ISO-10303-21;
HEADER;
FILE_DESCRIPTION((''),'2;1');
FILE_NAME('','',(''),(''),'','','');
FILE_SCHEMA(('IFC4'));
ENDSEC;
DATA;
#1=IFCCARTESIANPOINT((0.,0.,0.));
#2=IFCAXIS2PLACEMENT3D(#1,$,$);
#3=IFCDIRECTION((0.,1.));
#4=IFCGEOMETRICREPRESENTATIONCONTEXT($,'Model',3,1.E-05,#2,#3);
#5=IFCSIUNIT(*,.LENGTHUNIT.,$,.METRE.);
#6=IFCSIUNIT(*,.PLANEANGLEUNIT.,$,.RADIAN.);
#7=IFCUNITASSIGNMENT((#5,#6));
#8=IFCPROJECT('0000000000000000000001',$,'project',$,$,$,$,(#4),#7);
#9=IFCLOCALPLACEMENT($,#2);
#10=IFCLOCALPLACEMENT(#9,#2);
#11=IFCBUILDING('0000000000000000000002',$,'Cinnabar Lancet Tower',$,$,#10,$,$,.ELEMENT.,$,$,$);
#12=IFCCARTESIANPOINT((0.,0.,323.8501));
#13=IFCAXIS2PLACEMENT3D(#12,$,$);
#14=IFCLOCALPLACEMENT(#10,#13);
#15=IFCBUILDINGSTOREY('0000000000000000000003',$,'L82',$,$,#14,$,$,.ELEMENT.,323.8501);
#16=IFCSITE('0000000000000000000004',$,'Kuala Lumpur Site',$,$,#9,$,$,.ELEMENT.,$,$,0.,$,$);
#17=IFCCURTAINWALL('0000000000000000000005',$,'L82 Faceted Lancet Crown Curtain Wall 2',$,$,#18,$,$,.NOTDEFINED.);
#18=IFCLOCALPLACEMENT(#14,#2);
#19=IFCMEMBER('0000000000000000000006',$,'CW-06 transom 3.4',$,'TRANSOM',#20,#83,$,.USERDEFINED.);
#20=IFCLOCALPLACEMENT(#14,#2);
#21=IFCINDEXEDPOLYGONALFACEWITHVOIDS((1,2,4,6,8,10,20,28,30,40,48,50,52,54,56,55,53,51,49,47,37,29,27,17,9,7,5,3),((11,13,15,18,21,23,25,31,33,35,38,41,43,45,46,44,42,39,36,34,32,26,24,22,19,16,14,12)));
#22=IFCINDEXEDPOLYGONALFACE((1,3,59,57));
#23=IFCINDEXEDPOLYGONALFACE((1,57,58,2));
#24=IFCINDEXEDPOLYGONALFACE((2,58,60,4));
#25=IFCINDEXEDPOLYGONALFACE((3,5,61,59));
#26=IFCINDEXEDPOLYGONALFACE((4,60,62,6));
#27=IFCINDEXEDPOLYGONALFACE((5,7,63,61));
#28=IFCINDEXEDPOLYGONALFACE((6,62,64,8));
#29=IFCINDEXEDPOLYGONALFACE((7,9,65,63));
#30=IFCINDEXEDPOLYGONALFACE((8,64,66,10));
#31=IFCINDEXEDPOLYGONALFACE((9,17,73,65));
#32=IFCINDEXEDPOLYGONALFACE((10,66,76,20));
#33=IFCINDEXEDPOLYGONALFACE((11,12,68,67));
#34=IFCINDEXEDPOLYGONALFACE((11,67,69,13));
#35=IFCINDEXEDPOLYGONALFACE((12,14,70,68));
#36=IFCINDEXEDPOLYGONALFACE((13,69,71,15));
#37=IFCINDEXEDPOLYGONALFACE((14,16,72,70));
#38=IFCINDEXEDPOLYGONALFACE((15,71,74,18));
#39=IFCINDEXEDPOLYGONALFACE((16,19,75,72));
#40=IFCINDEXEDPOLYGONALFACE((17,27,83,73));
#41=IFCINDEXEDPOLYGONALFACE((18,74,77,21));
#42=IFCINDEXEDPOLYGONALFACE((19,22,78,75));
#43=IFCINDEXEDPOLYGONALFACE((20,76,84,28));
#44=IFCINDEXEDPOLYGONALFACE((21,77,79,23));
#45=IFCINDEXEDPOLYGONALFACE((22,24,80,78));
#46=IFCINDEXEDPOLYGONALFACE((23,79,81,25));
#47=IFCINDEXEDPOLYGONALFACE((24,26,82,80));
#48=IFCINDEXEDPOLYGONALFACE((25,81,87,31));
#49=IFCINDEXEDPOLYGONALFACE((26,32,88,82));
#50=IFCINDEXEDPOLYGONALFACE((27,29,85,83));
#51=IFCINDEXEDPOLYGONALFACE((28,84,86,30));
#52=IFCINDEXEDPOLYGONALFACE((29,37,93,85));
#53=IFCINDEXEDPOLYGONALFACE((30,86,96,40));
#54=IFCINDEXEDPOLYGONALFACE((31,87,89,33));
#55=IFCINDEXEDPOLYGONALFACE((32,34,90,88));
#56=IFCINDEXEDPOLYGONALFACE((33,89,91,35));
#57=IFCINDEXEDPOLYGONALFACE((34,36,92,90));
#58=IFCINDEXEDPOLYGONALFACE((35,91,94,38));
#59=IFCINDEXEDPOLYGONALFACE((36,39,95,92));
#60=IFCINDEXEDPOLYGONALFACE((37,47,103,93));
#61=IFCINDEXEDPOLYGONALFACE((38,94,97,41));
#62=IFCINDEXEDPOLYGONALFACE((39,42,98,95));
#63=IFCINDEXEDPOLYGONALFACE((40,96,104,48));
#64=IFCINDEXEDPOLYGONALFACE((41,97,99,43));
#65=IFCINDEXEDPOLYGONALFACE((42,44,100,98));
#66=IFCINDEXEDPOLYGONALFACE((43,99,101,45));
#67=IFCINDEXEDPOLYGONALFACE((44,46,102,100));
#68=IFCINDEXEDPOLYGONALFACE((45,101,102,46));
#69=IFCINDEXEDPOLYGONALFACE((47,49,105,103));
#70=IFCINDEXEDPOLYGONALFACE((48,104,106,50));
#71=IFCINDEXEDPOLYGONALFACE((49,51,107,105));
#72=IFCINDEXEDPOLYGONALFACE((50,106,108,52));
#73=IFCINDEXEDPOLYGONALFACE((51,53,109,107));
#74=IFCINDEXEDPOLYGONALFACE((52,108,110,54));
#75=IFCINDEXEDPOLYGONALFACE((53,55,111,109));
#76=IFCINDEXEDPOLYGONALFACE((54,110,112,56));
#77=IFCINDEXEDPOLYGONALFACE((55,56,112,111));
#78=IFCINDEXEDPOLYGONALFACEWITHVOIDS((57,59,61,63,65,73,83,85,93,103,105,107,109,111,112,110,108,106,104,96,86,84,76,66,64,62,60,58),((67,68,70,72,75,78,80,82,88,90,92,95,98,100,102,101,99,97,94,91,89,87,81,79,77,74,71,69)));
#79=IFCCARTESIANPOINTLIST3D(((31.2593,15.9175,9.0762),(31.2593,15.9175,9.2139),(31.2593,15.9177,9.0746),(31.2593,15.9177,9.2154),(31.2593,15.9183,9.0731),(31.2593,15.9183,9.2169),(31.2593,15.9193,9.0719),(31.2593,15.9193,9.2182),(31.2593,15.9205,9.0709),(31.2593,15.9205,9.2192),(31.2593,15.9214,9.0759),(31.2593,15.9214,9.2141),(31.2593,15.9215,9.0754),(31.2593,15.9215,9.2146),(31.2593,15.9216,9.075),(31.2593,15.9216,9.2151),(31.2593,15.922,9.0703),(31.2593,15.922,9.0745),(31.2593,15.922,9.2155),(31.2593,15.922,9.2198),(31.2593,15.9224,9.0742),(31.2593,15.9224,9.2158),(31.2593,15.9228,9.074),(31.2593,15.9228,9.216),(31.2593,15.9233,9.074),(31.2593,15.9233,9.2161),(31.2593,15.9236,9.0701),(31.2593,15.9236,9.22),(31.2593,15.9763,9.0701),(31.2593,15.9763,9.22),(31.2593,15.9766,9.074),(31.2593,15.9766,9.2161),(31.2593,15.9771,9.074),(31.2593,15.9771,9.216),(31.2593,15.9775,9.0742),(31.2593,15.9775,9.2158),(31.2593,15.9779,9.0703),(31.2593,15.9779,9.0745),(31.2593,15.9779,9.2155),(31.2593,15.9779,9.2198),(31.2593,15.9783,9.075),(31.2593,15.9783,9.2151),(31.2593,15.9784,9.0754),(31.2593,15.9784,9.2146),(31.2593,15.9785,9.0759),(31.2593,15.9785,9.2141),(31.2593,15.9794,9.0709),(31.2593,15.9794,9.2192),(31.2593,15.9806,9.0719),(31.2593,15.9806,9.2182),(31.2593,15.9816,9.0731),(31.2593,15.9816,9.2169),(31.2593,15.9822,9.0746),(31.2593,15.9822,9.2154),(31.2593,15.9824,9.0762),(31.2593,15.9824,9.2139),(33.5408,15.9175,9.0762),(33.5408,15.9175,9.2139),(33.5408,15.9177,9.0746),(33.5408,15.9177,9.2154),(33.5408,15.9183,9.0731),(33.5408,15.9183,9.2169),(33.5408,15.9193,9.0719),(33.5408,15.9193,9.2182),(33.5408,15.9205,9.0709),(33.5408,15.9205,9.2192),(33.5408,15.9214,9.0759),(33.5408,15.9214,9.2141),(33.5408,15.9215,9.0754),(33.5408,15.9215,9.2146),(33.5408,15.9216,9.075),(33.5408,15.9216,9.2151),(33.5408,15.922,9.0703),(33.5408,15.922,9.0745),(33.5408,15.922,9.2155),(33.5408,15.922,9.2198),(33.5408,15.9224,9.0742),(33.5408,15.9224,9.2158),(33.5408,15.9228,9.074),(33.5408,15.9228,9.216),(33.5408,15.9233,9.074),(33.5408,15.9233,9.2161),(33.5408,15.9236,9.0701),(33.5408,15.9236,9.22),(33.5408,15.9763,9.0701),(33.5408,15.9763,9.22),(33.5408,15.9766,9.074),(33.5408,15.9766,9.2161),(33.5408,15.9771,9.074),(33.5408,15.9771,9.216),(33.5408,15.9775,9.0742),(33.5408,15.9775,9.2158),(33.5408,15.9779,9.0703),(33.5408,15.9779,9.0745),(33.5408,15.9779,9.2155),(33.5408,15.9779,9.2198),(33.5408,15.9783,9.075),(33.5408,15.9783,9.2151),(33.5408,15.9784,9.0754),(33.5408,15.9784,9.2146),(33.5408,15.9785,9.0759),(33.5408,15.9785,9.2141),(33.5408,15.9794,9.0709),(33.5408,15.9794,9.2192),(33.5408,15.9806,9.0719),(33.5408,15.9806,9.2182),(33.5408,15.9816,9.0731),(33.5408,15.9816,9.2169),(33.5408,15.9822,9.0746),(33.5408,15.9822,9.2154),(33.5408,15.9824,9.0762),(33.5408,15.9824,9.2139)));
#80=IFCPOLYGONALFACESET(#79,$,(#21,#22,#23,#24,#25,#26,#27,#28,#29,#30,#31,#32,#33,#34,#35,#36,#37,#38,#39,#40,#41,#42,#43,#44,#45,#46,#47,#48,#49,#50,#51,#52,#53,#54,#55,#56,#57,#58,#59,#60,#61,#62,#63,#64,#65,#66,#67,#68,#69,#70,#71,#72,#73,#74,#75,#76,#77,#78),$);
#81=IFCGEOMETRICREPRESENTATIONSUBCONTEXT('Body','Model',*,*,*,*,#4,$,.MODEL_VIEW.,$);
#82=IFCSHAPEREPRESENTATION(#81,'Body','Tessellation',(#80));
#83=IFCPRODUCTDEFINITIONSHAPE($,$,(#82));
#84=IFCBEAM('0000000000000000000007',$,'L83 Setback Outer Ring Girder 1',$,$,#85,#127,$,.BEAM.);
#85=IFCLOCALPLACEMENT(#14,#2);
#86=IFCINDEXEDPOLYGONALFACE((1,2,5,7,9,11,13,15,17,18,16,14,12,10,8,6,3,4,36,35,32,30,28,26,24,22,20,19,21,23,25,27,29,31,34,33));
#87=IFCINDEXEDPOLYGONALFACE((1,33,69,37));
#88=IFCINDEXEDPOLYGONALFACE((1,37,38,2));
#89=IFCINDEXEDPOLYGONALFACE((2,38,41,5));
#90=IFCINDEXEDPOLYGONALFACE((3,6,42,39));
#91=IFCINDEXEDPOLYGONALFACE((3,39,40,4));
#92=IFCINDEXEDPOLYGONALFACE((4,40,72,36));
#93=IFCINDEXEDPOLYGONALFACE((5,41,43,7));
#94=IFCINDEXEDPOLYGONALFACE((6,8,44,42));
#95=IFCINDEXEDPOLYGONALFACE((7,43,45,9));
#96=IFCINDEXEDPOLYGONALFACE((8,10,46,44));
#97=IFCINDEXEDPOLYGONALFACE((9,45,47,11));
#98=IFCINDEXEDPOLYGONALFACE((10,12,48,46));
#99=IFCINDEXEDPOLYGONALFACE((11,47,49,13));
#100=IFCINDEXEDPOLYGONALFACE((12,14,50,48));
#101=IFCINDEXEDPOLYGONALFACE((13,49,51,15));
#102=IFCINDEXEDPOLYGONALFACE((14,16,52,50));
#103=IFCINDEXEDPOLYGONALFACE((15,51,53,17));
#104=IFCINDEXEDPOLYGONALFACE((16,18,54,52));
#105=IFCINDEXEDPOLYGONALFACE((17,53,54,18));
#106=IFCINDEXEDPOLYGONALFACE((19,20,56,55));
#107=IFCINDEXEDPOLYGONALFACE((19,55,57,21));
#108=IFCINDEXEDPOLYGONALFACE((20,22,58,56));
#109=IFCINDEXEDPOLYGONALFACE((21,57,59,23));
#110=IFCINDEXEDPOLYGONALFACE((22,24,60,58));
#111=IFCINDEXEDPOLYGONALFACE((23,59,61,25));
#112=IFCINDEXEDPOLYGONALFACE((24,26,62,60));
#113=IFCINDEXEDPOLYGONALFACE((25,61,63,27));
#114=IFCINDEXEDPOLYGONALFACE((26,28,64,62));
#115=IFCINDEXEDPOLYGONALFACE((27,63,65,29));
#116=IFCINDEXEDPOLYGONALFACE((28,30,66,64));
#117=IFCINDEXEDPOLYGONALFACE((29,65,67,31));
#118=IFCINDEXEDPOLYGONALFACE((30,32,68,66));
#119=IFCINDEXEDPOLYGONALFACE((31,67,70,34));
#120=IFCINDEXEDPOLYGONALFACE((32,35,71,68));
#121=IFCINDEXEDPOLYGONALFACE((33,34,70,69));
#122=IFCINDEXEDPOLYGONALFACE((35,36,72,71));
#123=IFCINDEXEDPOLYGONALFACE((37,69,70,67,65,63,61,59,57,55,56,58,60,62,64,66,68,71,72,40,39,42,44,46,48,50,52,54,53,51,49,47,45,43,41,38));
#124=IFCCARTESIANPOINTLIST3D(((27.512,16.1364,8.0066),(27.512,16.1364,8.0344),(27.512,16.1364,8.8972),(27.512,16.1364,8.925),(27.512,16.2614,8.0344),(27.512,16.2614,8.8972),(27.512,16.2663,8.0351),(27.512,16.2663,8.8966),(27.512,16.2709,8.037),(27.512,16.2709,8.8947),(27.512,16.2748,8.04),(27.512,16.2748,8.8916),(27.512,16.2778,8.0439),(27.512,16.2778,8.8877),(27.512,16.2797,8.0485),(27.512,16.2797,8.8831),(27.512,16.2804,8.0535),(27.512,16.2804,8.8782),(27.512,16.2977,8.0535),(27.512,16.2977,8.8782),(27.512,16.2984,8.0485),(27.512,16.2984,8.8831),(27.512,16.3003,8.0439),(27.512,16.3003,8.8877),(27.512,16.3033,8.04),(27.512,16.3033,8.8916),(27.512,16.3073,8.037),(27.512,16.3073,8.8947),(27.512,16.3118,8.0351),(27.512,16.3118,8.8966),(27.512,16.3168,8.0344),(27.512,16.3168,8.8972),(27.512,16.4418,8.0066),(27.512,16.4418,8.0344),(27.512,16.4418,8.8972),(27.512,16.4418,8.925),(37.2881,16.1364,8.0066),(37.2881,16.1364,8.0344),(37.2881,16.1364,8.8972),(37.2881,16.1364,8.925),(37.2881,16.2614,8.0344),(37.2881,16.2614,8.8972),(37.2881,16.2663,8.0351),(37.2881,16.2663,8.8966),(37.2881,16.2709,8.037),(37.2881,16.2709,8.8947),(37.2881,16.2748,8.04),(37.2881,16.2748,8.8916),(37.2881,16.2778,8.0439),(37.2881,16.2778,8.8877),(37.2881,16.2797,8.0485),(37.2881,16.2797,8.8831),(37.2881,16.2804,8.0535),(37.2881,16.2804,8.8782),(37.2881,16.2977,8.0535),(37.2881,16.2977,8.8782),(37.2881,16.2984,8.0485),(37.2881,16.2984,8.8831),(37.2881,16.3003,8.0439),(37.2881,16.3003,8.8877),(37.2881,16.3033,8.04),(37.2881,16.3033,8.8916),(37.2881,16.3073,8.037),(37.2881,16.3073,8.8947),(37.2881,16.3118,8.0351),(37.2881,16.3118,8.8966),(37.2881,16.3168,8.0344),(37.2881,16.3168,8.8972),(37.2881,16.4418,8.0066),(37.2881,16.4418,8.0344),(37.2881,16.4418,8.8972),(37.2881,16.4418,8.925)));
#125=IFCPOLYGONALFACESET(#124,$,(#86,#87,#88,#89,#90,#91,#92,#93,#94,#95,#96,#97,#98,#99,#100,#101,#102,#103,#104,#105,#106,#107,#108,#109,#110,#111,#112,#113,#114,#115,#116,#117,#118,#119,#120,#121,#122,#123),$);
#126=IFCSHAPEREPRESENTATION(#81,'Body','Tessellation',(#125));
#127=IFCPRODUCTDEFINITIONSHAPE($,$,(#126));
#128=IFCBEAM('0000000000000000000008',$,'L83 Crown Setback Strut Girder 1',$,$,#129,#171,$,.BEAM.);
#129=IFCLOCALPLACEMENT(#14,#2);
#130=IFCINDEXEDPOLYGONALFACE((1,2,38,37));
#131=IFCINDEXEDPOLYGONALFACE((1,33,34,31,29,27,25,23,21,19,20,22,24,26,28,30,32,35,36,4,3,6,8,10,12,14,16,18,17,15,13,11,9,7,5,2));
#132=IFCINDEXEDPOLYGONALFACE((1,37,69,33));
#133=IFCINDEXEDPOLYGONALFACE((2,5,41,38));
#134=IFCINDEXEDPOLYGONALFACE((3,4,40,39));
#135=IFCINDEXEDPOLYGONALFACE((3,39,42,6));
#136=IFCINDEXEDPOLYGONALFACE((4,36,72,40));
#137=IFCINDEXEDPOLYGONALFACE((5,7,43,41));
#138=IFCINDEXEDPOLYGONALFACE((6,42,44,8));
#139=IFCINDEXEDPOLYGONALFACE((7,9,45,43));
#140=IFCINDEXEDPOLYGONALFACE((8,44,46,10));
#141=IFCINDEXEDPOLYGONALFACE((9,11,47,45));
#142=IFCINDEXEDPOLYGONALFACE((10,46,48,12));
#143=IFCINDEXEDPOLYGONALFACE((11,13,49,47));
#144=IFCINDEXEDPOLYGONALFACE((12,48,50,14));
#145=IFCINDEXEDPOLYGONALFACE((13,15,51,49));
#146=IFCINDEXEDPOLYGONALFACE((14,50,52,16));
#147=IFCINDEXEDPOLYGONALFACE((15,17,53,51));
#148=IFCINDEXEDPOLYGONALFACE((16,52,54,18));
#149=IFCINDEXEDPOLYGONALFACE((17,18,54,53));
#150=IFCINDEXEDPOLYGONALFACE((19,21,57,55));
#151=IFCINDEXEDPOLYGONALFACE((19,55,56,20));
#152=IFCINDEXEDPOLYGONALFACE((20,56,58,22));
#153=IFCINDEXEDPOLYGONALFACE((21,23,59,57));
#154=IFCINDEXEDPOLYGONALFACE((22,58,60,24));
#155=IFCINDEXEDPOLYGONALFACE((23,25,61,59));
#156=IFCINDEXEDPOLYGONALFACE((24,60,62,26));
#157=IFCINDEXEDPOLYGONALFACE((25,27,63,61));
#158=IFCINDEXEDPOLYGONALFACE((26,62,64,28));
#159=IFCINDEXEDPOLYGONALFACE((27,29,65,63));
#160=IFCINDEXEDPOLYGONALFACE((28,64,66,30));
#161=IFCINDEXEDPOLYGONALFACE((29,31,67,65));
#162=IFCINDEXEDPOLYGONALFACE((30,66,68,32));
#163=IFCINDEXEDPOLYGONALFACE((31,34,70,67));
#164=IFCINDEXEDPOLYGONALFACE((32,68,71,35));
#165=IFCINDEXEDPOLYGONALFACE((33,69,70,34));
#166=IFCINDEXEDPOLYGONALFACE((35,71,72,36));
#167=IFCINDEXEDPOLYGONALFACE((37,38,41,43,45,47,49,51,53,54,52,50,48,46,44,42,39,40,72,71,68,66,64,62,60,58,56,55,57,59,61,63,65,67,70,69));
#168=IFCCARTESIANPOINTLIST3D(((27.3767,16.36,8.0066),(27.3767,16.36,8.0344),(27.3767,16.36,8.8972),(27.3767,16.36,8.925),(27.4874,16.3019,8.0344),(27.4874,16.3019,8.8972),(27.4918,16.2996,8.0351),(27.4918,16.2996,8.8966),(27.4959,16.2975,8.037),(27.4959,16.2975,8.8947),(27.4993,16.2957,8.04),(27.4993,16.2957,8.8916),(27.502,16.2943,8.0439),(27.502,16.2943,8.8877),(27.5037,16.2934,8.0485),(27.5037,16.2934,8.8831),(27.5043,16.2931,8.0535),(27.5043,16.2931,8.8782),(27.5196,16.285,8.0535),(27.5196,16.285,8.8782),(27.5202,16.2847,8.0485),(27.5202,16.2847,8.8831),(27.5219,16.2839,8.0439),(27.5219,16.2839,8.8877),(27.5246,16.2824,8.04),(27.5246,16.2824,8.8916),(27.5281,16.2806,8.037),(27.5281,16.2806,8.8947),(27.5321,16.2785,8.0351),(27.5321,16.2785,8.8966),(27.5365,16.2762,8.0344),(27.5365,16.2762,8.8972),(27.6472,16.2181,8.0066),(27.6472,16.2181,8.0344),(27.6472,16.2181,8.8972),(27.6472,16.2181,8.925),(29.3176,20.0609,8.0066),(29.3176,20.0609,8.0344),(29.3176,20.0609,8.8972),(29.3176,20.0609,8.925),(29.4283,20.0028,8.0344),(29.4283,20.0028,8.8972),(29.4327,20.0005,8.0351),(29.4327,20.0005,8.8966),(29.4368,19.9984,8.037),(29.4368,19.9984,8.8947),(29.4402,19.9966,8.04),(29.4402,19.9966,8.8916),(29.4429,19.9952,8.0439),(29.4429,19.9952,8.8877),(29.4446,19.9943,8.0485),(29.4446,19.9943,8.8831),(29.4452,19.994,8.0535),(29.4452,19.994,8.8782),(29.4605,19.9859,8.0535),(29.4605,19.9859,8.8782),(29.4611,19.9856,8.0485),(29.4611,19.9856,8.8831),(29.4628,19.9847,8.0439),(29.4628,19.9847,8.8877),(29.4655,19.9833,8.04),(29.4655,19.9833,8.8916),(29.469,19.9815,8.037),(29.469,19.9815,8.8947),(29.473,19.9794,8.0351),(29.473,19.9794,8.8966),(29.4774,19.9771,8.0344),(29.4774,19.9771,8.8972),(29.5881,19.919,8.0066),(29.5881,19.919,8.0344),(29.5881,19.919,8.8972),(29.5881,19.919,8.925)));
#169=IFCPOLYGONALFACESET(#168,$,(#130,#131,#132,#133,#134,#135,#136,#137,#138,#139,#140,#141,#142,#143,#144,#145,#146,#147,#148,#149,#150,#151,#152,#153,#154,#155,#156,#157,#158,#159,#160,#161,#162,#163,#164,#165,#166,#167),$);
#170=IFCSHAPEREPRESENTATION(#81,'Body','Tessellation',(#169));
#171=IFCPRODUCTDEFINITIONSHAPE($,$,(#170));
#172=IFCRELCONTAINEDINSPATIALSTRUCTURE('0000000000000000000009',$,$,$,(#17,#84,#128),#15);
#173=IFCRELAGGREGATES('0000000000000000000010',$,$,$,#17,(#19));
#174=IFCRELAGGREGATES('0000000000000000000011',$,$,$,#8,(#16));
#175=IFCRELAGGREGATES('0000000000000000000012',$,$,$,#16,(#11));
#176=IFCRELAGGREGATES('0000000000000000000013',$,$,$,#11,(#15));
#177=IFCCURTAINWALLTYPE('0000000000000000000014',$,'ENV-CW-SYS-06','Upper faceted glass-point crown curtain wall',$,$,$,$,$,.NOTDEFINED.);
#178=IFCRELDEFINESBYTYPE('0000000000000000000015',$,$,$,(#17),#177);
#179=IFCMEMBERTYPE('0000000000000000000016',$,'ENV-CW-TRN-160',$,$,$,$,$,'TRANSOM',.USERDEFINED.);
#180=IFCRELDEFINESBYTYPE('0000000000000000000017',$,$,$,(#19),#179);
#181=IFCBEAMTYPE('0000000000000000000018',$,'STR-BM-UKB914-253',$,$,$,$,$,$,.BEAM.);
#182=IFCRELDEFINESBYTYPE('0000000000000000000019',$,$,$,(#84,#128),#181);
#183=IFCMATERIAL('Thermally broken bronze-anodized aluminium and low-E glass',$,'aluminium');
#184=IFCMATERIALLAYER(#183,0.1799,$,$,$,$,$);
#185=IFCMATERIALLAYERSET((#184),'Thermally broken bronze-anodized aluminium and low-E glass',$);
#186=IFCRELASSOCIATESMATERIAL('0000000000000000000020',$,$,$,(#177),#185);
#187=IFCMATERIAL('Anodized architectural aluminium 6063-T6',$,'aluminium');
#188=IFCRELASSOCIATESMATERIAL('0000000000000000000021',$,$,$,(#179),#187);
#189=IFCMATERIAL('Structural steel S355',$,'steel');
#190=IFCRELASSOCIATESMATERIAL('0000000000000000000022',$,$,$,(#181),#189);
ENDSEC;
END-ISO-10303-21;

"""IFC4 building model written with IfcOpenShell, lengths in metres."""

from ifc_helpers import new_model, si_unit, direction, frame, origin, origin_2d, place, context, subcontext, project, spatial, hollow_rectangle, i_section, extrude, material, layer, layer_set, material_profile, profile_set, type_object, element, aggregate, save


model = new_model("IFC4")

# Units and contexts
model_context = context("Model", 3, precision=1e-05, world=origin(), true_north=direction((0.0, 1.0)))
body_context = subcontext(model_context, "Body", "Model", "MODEL_VIEW")
ifc_project = project(units=[si_unit("LENGTHUNIT", "METRE"), si_unit("PLANEANGLEUNIT", "RADIAN")], contexts=[model_context])

# Site, building, storey
site_placement = place(None, origin())
site = spatial("IfcSite", under=ifc_project, at=site_placement, Name="Kuala Lumpur Site", CompositionType="ELEMENT", RefElevation=0.0)
building_placement = place(site_placement, origin())
building = spatial("IfcBuilding", under=site, at=building_placement, Name="Cinnabar Lancet Tower", CompositionType="ELEMENT")
storey_placement = place(building_placement, frame((0.0, 0.0, 323.8501)))
storey = spatial("IfcBuildingStorey", under=building, at=storey_placement, Name="L82", CompositionType="ELEMENT", Elevation=323.8501)

# Curtain wall
ifc_material_1 = material(Name="Thermally broken bronze-anodized aluminium and low-E glass", Category="aluminium")
ifc_layer_1 = layer(ifc_material_1, 0.1799)
ifc_layer_set_1 = layer_set([ifc_layer_1], Name="Thermally broken bronze-anodized aluminium and low-E glass")
curtain_wall_type = type_object("IfcCurtainWallType", Name="ENV-CW-SYS-06", Description="Upper faceted glass-point crown curtain wall", PredefinedType="NOTDEFINED", material=ifc_layer_set_1)
curtain_wall_1_placement = place(storey_placement, origin())
curtain_wall_1 = element("IfcCurtainWall", 1, at=curtain_wall_1_placement, inside=storey, type_object=curtain_wall_type, Name="L82 Faceted Lancet Crown Curtain Wall 2", PredefinedType="NOTDEFINED")

# Member
ifc_material_2 = material(Name="Anodized architectural aluminium 6063-T6", Category="aluminium")
ifc_material_profile_1 = material_profile(ifc_material_2, hollow_rectangle(XDim=0.0649, YDim=0.1499, WallThickness=0.0039, InnerFilletRadius=0.002, OuterFilletRadius=0.0061, at=origin_2d()), Name="CW-TRN 150x65x4")
ifc_profile_set_1 = profile_set([ifc_material_profile_1], Name="Anodized architectural aluminium 6063-T6")
member_type_1 = type_object("IfcMemberType", Name="ENV-CW-TRN-160", ElementType="TRANSOM", PredefinedType="USERDEFINED", material=ifc_profile_set_1)
member_1_placement = place(storey_placement, frame((31.2593, 15.95, 9.145), z_axis=(1.0, 0.0, 0.0), x_axis=(0.0, 1.0, 0.0)))
member_1 = element("IfcMember", 2, at=member_1_placement, type_object=member_type_1, Name="CW-06 transom 3.4", ObjectType="TRANSOM", PredefinedType="USERDEFINED", context=body_context, shape_type="SweptSolid", body=[
    extrude(hollow_rectangle(XDim=0.0649, YDim=0.1499, WallThickness=0.0039, InnerFilletRadius=0.002, OuterFilletRadius=0.0061, at=origin_2d()), origin(), (0.0, 0.0, 1.0), 2.2815),
])

# Beams
ifc_material_3 = material(Name="Structural steel S355", Category="steel")
ifc_material_profile_2 = material_profile(ifc_material_3, i_section(OverallWidth=0.3054, OverallDepth=0.9185, WebThickness=0.0173, FlangeThickness=0.0278, FilletRadius=0.019, at=origin_2d()), Name="UKB 914x305x253")
ifc_profile_set_2 = profile_set([ifc_material_profile_2], Name="Structural steel S355")
beam_type = type_object("IfcBeamType", Name="STR-BM-UKB914-253", PredefinedType="BEAM", material=ifc_profile_set_2)
beam_1_placement = place(storey_placement, frame((27.512, 16.2891, 8.4658), z_axis=(1.0, 0.0, 0.0), x_axis=(0.0, 1.0, 0.0)))
element("IfcBeam", 3, at=beam_1_placement, inside=storey, type_object=beam_type, Name="L83 Setback Outer Ring Girder 1", PredefinedType="BEAM", context=body_context, shape_type="SweptSolid", body=[
    extrude(i_section(OverallWidth=0.3054, OverallDepth=0.9185, WebThickness=0.0173, FlangeThickness=0.0278, FilletRadius=0.019, at=origin_2d()), origin(), (0.0, 0.0, 1.0), 9.7761),
])
beam_2_placement = place(storey_placement, frame((27.512, 16.2891, 8.4658), z_axis=(0.464446, 0.885602, 0.0), x_axis=(-0.885602, 0.464446, 0.0)))
element("IfcBeam", 4, at=beam_2_placement, inside=storey, type_object=beam_type, Name="L83 Crown Setback Strut Girder 1", PredefinedType="BEAM", context=body_context, shape_type="SweptSolid", body=[
    extrude(i_section(OverallWidth=0.3054, OverallDepth=0.9185, WebThickness=0.0173, FlangeThickness=0.0278, FilletRadius=0.019, at=origin_2d()), origin(), (0.0, 0.0, 1.0), 4.179),
])

aggregate(curtain_wall_1, [member_1])

save(model, "model.ifc")
